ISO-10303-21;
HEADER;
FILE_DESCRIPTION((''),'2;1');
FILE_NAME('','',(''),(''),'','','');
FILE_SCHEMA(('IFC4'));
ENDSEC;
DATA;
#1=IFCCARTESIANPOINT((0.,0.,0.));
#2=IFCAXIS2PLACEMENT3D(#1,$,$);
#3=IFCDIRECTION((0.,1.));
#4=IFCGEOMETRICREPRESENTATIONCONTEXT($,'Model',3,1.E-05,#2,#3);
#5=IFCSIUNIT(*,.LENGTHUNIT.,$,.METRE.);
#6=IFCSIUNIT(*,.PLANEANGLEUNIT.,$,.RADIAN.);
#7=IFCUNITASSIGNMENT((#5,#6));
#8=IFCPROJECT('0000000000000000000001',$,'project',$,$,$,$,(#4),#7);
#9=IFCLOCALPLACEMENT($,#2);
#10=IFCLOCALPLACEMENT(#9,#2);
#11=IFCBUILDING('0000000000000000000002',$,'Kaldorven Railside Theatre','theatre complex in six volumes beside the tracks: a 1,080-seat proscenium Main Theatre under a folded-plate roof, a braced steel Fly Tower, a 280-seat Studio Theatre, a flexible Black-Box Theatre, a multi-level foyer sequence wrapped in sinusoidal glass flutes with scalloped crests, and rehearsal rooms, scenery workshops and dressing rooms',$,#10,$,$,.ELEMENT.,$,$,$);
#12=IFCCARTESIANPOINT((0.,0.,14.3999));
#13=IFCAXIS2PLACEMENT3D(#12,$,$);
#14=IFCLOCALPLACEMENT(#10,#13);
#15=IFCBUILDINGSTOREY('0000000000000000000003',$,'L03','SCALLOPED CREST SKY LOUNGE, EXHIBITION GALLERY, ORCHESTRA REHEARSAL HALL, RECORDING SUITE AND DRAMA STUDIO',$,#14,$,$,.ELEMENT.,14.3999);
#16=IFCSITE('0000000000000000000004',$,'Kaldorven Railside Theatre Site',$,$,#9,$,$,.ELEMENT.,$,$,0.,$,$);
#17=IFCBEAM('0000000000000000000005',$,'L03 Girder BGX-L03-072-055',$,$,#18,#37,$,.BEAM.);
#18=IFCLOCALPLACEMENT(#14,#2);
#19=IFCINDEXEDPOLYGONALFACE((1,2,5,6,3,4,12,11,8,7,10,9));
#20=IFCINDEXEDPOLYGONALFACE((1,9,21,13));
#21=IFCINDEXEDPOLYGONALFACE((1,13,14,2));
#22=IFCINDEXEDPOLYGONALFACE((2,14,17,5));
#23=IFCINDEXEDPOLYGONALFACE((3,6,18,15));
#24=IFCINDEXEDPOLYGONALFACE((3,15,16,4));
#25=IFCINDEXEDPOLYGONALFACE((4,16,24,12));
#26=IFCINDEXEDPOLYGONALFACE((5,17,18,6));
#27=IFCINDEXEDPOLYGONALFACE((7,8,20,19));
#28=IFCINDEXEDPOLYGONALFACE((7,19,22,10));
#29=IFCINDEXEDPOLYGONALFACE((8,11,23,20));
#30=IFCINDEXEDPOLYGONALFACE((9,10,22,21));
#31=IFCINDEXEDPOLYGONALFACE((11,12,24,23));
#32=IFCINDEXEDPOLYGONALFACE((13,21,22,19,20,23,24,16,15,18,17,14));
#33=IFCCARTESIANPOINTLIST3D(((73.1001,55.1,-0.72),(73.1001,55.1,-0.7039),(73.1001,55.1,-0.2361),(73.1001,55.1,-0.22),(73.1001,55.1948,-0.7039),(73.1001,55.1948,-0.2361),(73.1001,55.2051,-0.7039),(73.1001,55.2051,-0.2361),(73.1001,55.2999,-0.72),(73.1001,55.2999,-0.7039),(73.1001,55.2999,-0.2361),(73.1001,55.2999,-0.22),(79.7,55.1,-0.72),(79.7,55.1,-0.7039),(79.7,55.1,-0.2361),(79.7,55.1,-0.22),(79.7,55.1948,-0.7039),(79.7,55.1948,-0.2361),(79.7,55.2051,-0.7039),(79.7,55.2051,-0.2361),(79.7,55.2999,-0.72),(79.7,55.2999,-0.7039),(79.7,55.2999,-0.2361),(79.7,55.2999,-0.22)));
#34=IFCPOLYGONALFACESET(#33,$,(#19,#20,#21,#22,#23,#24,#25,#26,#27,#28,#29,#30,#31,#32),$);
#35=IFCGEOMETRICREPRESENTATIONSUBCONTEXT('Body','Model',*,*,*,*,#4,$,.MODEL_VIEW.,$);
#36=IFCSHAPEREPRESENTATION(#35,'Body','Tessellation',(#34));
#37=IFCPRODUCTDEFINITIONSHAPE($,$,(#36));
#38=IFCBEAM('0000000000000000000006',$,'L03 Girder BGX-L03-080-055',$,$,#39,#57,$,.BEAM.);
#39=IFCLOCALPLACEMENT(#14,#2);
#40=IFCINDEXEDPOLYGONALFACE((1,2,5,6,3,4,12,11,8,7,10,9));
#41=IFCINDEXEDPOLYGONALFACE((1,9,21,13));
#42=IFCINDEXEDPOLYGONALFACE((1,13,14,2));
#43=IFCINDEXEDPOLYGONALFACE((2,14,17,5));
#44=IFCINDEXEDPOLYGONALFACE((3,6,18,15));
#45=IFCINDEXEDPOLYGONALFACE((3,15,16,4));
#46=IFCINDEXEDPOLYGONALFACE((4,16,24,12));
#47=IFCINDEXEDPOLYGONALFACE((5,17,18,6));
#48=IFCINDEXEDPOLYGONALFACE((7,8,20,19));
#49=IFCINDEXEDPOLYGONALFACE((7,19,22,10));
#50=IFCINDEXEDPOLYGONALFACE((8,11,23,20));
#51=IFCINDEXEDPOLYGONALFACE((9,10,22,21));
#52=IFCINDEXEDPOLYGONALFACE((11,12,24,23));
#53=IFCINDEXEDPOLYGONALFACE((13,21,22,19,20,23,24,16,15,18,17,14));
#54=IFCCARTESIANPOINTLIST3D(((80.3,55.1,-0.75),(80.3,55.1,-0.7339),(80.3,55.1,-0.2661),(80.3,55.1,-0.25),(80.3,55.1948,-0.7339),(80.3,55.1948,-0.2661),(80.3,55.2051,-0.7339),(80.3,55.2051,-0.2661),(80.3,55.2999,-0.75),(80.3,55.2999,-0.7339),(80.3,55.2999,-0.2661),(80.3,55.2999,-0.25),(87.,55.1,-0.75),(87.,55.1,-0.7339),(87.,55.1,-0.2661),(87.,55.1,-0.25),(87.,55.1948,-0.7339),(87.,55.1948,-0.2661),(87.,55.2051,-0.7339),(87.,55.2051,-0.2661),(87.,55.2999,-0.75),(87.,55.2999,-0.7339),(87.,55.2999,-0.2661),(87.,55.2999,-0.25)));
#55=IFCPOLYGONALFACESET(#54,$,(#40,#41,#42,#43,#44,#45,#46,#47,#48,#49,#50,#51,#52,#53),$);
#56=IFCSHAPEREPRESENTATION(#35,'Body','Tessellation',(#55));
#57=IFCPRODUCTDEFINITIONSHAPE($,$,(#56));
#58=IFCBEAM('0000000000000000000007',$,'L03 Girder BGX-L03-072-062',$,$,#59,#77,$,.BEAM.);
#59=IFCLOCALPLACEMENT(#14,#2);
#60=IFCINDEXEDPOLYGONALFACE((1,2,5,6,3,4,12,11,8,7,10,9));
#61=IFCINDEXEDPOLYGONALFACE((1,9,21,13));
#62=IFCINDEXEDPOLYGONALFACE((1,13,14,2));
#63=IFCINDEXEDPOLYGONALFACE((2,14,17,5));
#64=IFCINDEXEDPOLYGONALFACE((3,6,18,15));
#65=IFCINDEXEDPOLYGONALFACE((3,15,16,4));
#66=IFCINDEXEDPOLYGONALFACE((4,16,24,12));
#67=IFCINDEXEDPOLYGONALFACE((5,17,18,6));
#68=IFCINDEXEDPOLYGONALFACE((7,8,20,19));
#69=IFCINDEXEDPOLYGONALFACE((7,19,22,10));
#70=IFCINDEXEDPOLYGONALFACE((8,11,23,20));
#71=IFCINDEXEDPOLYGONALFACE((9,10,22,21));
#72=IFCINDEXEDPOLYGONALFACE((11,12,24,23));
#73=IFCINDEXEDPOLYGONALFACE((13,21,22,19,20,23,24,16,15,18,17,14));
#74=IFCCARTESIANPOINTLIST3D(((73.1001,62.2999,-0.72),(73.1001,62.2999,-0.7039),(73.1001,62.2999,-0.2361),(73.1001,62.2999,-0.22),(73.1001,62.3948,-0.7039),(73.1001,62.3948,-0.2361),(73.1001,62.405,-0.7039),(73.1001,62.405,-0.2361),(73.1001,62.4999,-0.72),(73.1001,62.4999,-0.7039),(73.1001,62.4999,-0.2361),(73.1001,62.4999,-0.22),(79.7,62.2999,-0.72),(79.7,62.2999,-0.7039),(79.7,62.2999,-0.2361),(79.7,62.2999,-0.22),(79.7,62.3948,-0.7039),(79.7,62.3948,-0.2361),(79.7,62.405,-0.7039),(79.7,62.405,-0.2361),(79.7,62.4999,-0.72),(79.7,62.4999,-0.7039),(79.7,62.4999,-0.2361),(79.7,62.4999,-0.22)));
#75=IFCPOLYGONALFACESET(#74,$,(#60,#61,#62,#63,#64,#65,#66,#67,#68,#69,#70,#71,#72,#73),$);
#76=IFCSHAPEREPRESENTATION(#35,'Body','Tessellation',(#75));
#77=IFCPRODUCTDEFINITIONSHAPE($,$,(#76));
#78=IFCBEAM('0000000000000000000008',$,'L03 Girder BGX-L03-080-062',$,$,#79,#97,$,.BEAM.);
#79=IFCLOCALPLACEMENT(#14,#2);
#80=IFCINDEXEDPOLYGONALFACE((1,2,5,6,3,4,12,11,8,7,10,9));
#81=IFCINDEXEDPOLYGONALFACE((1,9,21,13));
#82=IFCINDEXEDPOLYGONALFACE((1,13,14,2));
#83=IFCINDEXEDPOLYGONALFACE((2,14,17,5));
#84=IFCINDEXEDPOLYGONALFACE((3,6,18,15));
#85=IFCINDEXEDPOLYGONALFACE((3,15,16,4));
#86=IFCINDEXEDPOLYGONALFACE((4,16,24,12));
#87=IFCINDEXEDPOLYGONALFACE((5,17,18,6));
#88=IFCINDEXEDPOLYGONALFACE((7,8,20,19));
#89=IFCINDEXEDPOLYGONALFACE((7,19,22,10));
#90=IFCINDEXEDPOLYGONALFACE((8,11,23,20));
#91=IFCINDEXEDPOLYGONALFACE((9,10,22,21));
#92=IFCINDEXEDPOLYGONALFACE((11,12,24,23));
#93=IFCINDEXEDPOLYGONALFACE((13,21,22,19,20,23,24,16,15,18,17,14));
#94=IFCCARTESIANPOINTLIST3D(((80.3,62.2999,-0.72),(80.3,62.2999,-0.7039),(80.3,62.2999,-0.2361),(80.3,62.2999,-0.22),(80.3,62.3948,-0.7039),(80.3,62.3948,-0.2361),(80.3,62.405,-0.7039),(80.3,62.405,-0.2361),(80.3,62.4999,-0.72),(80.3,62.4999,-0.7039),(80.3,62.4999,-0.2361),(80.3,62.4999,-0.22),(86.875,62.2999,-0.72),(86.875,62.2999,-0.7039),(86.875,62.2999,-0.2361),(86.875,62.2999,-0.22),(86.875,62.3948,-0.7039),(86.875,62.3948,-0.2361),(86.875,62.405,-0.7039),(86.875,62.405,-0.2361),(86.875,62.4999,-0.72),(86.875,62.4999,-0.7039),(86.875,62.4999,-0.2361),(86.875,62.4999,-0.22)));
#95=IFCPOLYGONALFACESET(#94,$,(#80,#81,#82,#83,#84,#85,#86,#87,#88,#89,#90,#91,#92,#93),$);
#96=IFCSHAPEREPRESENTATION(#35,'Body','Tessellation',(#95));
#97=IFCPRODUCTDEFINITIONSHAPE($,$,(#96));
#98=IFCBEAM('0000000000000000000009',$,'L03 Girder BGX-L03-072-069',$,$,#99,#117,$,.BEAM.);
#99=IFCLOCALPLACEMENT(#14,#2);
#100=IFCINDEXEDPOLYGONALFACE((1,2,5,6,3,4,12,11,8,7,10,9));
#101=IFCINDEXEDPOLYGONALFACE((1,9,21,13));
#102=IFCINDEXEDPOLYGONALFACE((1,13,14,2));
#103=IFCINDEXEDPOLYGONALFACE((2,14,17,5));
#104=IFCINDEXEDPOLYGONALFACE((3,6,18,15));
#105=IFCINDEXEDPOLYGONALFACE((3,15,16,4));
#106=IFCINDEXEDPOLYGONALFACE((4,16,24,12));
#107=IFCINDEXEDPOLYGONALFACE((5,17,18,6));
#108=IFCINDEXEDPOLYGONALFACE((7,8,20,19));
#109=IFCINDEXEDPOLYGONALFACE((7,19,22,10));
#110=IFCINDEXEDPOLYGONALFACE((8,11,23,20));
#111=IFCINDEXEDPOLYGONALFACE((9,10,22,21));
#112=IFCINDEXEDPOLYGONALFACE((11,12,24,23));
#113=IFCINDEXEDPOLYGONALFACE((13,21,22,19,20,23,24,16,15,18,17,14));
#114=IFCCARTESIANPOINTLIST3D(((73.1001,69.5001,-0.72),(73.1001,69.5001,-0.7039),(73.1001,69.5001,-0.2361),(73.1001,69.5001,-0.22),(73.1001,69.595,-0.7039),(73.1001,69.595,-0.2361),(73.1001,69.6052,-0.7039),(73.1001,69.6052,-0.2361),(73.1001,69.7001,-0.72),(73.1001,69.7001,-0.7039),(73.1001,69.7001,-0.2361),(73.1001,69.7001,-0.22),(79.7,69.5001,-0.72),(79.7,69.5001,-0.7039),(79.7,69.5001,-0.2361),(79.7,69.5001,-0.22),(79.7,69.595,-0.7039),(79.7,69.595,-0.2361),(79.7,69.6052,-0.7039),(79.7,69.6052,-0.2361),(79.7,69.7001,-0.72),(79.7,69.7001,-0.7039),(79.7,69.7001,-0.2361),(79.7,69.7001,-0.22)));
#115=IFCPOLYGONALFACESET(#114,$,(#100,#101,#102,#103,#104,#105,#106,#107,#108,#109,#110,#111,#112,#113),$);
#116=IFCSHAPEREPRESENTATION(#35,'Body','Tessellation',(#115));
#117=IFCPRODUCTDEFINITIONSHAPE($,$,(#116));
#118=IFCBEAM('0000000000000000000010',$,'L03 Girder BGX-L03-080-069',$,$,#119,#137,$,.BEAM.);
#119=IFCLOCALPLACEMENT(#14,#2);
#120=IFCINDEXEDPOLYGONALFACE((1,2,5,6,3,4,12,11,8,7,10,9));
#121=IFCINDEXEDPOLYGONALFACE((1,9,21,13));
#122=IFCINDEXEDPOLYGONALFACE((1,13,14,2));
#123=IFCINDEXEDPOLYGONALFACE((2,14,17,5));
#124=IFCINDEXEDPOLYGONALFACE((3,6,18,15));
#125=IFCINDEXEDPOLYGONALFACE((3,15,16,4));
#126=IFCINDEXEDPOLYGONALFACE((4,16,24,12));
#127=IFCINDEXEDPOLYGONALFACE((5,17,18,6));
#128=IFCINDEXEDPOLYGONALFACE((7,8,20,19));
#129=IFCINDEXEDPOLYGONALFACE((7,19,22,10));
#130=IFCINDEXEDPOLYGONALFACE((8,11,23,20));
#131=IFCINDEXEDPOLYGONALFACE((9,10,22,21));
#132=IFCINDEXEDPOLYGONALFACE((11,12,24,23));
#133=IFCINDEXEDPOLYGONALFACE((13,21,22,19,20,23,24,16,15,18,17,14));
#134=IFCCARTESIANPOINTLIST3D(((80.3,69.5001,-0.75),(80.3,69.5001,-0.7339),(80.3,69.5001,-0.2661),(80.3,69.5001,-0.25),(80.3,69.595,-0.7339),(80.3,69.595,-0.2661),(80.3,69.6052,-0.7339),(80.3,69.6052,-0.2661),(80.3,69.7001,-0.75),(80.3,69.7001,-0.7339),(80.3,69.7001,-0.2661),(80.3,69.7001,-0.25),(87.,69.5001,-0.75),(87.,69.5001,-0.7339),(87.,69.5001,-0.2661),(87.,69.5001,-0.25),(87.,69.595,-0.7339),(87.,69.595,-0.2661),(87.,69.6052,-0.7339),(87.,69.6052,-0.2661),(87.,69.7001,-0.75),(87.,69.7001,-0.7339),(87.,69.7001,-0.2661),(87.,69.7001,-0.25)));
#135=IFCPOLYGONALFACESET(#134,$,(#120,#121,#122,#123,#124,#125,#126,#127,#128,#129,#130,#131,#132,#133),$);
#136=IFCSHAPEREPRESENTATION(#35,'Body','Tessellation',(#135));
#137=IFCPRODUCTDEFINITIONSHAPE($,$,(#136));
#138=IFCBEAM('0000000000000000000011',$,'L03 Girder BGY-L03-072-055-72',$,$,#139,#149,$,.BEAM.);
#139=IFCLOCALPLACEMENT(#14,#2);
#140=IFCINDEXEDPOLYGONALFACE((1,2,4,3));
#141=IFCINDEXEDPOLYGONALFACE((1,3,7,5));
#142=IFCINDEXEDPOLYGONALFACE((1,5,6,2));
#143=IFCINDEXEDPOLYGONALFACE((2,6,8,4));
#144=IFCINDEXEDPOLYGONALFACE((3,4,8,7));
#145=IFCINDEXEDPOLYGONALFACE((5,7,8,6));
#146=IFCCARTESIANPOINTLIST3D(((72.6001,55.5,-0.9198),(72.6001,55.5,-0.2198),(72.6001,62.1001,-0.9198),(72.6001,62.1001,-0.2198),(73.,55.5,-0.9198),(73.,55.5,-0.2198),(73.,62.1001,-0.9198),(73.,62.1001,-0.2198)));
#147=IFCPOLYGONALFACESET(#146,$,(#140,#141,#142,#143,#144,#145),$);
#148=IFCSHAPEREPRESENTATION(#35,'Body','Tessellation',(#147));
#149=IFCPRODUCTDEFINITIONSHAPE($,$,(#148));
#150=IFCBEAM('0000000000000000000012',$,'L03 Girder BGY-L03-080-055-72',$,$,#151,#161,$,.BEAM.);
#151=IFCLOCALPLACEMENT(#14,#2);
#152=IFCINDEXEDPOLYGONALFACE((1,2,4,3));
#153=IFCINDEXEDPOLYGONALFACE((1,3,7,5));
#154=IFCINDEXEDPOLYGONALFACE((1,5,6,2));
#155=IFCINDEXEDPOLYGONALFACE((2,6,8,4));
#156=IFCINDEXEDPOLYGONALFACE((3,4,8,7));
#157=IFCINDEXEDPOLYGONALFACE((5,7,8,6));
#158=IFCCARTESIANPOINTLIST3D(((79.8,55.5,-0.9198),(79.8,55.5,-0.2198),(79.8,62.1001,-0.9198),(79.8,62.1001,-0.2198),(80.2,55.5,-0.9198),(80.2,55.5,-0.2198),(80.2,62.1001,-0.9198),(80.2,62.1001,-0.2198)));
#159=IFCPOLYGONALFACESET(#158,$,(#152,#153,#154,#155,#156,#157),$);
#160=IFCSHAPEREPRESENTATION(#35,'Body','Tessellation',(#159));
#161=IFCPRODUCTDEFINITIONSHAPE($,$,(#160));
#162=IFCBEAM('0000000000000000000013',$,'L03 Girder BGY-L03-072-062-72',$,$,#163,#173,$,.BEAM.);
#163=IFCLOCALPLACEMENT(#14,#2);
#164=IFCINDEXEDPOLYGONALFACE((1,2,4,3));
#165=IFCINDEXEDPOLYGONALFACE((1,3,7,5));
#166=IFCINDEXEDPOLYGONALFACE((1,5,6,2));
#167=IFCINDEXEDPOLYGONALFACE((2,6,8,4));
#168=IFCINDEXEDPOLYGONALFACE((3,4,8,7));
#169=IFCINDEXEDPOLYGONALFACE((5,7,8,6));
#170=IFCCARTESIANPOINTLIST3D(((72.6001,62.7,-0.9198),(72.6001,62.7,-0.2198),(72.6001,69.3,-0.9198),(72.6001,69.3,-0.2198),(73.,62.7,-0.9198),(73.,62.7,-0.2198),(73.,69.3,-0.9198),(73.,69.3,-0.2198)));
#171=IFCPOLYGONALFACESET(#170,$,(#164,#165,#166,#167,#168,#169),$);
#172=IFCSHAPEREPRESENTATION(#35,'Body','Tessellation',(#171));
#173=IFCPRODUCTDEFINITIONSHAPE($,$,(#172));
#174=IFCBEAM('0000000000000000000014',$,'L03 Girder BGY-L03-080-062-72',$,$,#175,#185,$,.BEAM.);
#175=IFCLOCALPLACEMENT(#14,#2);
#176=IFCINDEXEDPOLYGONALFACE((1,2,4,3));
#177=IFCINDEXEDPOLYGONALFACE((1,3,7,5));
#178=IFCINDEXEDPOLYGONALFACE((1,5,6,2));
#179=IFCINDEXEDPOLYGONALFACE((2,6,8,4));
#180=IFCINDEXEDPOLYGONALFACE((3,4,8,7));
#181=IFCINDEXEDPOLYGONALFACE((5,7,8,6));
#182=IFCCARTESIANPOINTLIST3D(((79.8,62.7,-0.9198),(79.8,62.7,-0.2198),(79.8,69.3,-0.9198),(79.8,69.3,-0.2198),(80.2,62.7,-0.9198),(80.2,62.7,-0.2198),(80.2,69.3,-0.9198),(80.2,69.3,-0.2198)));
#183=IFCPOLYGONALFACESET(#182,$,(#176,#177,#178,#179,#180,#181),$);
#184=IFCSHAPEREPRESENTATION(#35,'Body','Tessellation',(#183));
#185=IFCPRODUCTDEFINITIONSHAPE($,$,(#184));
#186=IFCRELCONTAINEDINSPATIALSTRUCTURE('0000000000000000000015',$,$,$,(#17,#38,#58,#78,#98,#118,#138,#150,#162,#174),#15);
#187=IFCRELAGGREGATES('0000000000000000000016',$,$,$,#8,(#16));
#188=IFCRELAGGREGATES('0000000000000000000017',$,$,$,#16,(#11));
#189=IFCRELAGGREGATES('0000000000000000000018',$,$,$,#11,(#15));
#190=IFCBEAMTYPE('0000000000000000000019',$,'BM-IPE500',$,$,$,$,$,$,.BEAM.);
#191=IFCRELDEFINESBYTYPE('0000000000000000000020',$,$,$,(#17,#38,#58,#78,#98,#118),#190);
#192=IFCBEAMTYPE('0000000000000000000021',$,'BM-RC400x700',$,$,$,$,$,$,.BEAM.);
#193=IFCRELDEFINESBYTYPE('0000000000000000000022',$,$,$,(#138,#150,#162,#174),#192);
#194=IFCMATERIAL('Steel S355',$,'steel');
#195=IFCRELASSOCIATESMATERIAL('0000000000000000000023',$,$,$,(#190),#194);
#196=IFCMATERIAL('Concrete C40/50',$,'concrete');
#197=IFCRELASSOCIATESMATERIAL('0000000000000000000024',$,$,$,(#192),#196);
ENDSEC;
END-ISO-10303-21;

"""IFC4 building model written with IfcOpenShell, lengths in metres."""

from ifc_helpers import new_model, si_unit, direction, frame, origin, origin_2d, place, context, subcontext, project, spatial, rectangle, i_section, extrude, material, material_profile, profile_set, type_object, element, save


model = new_model("IFC4")

# Units and contexts
model_context = context("Model", 3, precision=1e-05, world=origin(), true_north=direction((0.0, 1.0)))
body_context = subcontext(model_context, "Body", "Model", "MODEL_VIEW")
ifc_project = project(units=[si_unit("LENGTHUNIT", "METRE"), si_unit("PLANEANGLEUNIT", "RADIAN")], contexts=[model_context])

# Site, building, storey
site_placement = place(None, origin())
site = spatial("IfcSite", under=ifc_project, at=site_placement, Name="Kaldorven Railside Theatre Site", CompositionType="ELEMENT", RefElevation=0.0)
building_placement = place(site_placement, origin())
building = spatial("IfcBuilding", under=site, at=building_placement, Name="Kaldorven Railside Theatre", Description="theatre complex in six volumes beside the tracks: a 1,080-seat proscenium Main Theatre under a folded-plate roof, a braced steel Fly Tower, a 280-seat Studio Theatre, a flexible Black-Box Theatre, a multi-level foyer sequence wrapped in sinusoidal glass flutes with scalloped crests, and rehearsal rooms, scenery workshops and dressing rooms", CompositionType="ELEMENT")
storey_placement = place(building_placement, frame((0.0, 0.0, 14.3999)))
storey = spatial("IfcBuildingStorey", under=building, at=storey_placement, Name="L03", Description="SCALLOPED CREST SKY LOUNGE, EXHIBITION GALLERY, ORCHESTRA REHEARSAL HALL, RECORDING SUITE AND DRAMA STUDIO", CompositionType="ELEMENT", Elevation=14.3999)

# Beams
ifc_material_1 = material(Name="Steel S355", Category="steel")
ifc_material_profile_1 = material_profile(ifc_material_1, i_section(OverallWidth=0.2, OverallDepth=0.5, WebThickness=0.0103, FlangeThickness=0.0161, at=origin_2d()), Name="IPE 500")
ifc_profile_set_1 = profile_set([ifc_material_profile_1], Name="Steel S355")
beam_type_1 = type_object("IfcBeamType", Name="BM-IPE500", PredefinedType="BEAM", material=ifc_profile_set_1)
beam_1_placement = place(storey_placement, frame((73.1001, 55.2, -0.47), z_axis=(1.0, 0.0, 0.0), x_axis=(0.0, 1.0, 0.0)))
element("IfcBeam", 1, at=beam_1_placement, inside=storey, type_object=beam_type_1, Name="L03 Girder BGX-L03-072-055", PredefinedType="BEAM", context=body_context, shape_type="SweptSolid", body=[
    extrude(i_section(OverallWidth=0.2, OverallDepth=0.5, WebThickness=0.0103, FlangeThickness=0.0161, at=origin_2d()), origin(), (0.0, 0.0, 1.0), 6.5999),
])
beam_2_placement = place(storey_placement, frame((80.3, 55.2, -0.5), z_axis=(1.0, 0.0, 0.0), x_axis=(0.0, 1.0, 0.0)))
element("IfcBeam", 2, at=beam_2_placement, inside=storey, type_object=beam_type_1, Name="L03 Girder BGX-L03-080-055", PredefinedType="BEAM", context=body_context, shape_type="SweptSolid", body=[
    extrude(i_section(OverallWidth=0.2, OverallDepth=0.5, WebThickness=0.0103, FlangeThickness=0.0161, at=origin_2d()), origin(), (0.0, 0.0, 1.0), 6.7),
])
beam_3_placement = place(storey_placement, frame((73.1001, 62.3999, -0.47), z_axis=(1.0, 0.0, 0.0), x_axis=(0.0, 1.0, 0.0)))
element("IfcBeam", 3, at=beam_3_placement, inside=storey, type_object=beam_type_1, Name="L03 Girder BGX-L03-072-062", PredefinedType="BEAM", context=body_context, shape_type="SweptSolid", body=[
    extrude(i_section(OverallWidth=0.2, OverallDepth=0.5, WebThickness=0.0103, FlangeThickness=0.0161, at=origin_2d()), origin(), (0.0, 0.0, 1.0), 6.5999),
])
beam_4_placement = place(storey_placement, frame((80.3, 62.3999, -0.47), z_axis=(1.0, 0.0, 0.0), x_axis=(0.0, 1.0, 0.0)))
element("IfcBeam", 4, at=beam_4_placement, inside=storey, type_object=beam_type_1, Name="L03 Girder BGX-L03-080-062", PredefinedType="BEAM", context=body_context, shape_type="SweptSolid", body=[
    extrude(i_section(OverallWidth=0.2, OverallDepth=0.5, WebThickness=0.0103, FlangeThickness=0.0161, at=origin_2d()), origin(), (0.0, 0.0, 1.0), 6.575),
])
beam_5_placement = place(storey_placement, frame((73.1001, 69.6001, -0.47), z_axis=(1.0, 0.0, 0.0), x_axis=(0.0, 1.0, 0.0)))
element("IfcBeam", 5, at=beam_5_placement, inside=storey, type_object=beam_type_1, Name="L03 Girder BGX-L03-072-069", PredefinedType="BEAM", context=body_context, shape_type="SweptSolid", body=[
    extrude(i_section(OverallWidth=0.2, OverallDepth=0.5, WebThickness=0.0103, FlangeThickness=0.0161, at=origin_2d()), origin(), (0.0, 0.0, 1.0), 6.5999),
])
beam_6_placement = place(storey_placement, frame((80.3, 69.6001, -0.5), z_axis=(1.0, 0.0, 0.0), x_axis=(0.0, 1.0, 0.0)))
element("IfcBeam", 6, at=beam_6_placement, inside=storey, type_object=beam_type_1, Name="L03 Girder BGX-L03-080-069", PredefinedType="BEAM", context=body_context, shape_type="SweptSolid", body=[
    extrude(i_section(OverallWidth=0.2, OverallDepth=0.5, WebThickness=0.0103, FlangeThickness=0.0161, at=origin_2d()), origin(), (0.0, 0.0, 1.0), 6.7),
])
ifc_material_2 = material(Name="Concrete C40/50", Category="concrete")
ifc_material_profile_2 = material_profile(ifc_material_2, rectangle(XDim=0.3999, YDim=0.7, at=origin_2d()), Name="RC 400x700")
ifc_profile_set_2 = profile_set([ifc_material_profile_2], Name="Concrete C40/50")
beam_type_2 = type_object("IfcBeamType", Name="BM-RC400x700", PredefinedType="BEAM", material=ifc_profile_set_2)
for number, where, z_axis, x_axis, name in (
    (7, (72.8, 55.5, -0.5698), (0.0, 1.0, 0.0), (-1.0, 0.0, 0.0), "L03 Girder BGY-L03-072-055-72"),
    (8, (80.0, 55.5, -0.5698), (0.0, 1.0, 0.0), (-1.0, 0.0, 0.0), "L03 Girder BGY-L03-080-055-72"),
    (9, (72.8, 62.7, -0.5698), (0.0, 1.0, 0.0), (-1.0, 0.0, 0.0), "L03 Girder BGY-L03-072-062-72"),
    (10, (80.0, 62.7, -0.5698), (0.0, 1.0, 0.0), (-1.0, 0.0, 0.0), "L03 Girder BGY-L03-080-062-72"),
):
    element("IfcBeam", number, at=place(storey_placement, frame(where, z_axis=z_axis, x_axis=x_axis)), inside=storey, type_object=beam_type_2, Name=name, PredefinedType="BEAM", context=body_context, shape_type="SweptSolid", body=[
        extrude(rectangle(XDim=0.3999, YDim=0.7, at=origin_2d()), origin(), (0.0, 0.0, 1.0), 6.6001),
    ])

save(model, "model.ifc")
